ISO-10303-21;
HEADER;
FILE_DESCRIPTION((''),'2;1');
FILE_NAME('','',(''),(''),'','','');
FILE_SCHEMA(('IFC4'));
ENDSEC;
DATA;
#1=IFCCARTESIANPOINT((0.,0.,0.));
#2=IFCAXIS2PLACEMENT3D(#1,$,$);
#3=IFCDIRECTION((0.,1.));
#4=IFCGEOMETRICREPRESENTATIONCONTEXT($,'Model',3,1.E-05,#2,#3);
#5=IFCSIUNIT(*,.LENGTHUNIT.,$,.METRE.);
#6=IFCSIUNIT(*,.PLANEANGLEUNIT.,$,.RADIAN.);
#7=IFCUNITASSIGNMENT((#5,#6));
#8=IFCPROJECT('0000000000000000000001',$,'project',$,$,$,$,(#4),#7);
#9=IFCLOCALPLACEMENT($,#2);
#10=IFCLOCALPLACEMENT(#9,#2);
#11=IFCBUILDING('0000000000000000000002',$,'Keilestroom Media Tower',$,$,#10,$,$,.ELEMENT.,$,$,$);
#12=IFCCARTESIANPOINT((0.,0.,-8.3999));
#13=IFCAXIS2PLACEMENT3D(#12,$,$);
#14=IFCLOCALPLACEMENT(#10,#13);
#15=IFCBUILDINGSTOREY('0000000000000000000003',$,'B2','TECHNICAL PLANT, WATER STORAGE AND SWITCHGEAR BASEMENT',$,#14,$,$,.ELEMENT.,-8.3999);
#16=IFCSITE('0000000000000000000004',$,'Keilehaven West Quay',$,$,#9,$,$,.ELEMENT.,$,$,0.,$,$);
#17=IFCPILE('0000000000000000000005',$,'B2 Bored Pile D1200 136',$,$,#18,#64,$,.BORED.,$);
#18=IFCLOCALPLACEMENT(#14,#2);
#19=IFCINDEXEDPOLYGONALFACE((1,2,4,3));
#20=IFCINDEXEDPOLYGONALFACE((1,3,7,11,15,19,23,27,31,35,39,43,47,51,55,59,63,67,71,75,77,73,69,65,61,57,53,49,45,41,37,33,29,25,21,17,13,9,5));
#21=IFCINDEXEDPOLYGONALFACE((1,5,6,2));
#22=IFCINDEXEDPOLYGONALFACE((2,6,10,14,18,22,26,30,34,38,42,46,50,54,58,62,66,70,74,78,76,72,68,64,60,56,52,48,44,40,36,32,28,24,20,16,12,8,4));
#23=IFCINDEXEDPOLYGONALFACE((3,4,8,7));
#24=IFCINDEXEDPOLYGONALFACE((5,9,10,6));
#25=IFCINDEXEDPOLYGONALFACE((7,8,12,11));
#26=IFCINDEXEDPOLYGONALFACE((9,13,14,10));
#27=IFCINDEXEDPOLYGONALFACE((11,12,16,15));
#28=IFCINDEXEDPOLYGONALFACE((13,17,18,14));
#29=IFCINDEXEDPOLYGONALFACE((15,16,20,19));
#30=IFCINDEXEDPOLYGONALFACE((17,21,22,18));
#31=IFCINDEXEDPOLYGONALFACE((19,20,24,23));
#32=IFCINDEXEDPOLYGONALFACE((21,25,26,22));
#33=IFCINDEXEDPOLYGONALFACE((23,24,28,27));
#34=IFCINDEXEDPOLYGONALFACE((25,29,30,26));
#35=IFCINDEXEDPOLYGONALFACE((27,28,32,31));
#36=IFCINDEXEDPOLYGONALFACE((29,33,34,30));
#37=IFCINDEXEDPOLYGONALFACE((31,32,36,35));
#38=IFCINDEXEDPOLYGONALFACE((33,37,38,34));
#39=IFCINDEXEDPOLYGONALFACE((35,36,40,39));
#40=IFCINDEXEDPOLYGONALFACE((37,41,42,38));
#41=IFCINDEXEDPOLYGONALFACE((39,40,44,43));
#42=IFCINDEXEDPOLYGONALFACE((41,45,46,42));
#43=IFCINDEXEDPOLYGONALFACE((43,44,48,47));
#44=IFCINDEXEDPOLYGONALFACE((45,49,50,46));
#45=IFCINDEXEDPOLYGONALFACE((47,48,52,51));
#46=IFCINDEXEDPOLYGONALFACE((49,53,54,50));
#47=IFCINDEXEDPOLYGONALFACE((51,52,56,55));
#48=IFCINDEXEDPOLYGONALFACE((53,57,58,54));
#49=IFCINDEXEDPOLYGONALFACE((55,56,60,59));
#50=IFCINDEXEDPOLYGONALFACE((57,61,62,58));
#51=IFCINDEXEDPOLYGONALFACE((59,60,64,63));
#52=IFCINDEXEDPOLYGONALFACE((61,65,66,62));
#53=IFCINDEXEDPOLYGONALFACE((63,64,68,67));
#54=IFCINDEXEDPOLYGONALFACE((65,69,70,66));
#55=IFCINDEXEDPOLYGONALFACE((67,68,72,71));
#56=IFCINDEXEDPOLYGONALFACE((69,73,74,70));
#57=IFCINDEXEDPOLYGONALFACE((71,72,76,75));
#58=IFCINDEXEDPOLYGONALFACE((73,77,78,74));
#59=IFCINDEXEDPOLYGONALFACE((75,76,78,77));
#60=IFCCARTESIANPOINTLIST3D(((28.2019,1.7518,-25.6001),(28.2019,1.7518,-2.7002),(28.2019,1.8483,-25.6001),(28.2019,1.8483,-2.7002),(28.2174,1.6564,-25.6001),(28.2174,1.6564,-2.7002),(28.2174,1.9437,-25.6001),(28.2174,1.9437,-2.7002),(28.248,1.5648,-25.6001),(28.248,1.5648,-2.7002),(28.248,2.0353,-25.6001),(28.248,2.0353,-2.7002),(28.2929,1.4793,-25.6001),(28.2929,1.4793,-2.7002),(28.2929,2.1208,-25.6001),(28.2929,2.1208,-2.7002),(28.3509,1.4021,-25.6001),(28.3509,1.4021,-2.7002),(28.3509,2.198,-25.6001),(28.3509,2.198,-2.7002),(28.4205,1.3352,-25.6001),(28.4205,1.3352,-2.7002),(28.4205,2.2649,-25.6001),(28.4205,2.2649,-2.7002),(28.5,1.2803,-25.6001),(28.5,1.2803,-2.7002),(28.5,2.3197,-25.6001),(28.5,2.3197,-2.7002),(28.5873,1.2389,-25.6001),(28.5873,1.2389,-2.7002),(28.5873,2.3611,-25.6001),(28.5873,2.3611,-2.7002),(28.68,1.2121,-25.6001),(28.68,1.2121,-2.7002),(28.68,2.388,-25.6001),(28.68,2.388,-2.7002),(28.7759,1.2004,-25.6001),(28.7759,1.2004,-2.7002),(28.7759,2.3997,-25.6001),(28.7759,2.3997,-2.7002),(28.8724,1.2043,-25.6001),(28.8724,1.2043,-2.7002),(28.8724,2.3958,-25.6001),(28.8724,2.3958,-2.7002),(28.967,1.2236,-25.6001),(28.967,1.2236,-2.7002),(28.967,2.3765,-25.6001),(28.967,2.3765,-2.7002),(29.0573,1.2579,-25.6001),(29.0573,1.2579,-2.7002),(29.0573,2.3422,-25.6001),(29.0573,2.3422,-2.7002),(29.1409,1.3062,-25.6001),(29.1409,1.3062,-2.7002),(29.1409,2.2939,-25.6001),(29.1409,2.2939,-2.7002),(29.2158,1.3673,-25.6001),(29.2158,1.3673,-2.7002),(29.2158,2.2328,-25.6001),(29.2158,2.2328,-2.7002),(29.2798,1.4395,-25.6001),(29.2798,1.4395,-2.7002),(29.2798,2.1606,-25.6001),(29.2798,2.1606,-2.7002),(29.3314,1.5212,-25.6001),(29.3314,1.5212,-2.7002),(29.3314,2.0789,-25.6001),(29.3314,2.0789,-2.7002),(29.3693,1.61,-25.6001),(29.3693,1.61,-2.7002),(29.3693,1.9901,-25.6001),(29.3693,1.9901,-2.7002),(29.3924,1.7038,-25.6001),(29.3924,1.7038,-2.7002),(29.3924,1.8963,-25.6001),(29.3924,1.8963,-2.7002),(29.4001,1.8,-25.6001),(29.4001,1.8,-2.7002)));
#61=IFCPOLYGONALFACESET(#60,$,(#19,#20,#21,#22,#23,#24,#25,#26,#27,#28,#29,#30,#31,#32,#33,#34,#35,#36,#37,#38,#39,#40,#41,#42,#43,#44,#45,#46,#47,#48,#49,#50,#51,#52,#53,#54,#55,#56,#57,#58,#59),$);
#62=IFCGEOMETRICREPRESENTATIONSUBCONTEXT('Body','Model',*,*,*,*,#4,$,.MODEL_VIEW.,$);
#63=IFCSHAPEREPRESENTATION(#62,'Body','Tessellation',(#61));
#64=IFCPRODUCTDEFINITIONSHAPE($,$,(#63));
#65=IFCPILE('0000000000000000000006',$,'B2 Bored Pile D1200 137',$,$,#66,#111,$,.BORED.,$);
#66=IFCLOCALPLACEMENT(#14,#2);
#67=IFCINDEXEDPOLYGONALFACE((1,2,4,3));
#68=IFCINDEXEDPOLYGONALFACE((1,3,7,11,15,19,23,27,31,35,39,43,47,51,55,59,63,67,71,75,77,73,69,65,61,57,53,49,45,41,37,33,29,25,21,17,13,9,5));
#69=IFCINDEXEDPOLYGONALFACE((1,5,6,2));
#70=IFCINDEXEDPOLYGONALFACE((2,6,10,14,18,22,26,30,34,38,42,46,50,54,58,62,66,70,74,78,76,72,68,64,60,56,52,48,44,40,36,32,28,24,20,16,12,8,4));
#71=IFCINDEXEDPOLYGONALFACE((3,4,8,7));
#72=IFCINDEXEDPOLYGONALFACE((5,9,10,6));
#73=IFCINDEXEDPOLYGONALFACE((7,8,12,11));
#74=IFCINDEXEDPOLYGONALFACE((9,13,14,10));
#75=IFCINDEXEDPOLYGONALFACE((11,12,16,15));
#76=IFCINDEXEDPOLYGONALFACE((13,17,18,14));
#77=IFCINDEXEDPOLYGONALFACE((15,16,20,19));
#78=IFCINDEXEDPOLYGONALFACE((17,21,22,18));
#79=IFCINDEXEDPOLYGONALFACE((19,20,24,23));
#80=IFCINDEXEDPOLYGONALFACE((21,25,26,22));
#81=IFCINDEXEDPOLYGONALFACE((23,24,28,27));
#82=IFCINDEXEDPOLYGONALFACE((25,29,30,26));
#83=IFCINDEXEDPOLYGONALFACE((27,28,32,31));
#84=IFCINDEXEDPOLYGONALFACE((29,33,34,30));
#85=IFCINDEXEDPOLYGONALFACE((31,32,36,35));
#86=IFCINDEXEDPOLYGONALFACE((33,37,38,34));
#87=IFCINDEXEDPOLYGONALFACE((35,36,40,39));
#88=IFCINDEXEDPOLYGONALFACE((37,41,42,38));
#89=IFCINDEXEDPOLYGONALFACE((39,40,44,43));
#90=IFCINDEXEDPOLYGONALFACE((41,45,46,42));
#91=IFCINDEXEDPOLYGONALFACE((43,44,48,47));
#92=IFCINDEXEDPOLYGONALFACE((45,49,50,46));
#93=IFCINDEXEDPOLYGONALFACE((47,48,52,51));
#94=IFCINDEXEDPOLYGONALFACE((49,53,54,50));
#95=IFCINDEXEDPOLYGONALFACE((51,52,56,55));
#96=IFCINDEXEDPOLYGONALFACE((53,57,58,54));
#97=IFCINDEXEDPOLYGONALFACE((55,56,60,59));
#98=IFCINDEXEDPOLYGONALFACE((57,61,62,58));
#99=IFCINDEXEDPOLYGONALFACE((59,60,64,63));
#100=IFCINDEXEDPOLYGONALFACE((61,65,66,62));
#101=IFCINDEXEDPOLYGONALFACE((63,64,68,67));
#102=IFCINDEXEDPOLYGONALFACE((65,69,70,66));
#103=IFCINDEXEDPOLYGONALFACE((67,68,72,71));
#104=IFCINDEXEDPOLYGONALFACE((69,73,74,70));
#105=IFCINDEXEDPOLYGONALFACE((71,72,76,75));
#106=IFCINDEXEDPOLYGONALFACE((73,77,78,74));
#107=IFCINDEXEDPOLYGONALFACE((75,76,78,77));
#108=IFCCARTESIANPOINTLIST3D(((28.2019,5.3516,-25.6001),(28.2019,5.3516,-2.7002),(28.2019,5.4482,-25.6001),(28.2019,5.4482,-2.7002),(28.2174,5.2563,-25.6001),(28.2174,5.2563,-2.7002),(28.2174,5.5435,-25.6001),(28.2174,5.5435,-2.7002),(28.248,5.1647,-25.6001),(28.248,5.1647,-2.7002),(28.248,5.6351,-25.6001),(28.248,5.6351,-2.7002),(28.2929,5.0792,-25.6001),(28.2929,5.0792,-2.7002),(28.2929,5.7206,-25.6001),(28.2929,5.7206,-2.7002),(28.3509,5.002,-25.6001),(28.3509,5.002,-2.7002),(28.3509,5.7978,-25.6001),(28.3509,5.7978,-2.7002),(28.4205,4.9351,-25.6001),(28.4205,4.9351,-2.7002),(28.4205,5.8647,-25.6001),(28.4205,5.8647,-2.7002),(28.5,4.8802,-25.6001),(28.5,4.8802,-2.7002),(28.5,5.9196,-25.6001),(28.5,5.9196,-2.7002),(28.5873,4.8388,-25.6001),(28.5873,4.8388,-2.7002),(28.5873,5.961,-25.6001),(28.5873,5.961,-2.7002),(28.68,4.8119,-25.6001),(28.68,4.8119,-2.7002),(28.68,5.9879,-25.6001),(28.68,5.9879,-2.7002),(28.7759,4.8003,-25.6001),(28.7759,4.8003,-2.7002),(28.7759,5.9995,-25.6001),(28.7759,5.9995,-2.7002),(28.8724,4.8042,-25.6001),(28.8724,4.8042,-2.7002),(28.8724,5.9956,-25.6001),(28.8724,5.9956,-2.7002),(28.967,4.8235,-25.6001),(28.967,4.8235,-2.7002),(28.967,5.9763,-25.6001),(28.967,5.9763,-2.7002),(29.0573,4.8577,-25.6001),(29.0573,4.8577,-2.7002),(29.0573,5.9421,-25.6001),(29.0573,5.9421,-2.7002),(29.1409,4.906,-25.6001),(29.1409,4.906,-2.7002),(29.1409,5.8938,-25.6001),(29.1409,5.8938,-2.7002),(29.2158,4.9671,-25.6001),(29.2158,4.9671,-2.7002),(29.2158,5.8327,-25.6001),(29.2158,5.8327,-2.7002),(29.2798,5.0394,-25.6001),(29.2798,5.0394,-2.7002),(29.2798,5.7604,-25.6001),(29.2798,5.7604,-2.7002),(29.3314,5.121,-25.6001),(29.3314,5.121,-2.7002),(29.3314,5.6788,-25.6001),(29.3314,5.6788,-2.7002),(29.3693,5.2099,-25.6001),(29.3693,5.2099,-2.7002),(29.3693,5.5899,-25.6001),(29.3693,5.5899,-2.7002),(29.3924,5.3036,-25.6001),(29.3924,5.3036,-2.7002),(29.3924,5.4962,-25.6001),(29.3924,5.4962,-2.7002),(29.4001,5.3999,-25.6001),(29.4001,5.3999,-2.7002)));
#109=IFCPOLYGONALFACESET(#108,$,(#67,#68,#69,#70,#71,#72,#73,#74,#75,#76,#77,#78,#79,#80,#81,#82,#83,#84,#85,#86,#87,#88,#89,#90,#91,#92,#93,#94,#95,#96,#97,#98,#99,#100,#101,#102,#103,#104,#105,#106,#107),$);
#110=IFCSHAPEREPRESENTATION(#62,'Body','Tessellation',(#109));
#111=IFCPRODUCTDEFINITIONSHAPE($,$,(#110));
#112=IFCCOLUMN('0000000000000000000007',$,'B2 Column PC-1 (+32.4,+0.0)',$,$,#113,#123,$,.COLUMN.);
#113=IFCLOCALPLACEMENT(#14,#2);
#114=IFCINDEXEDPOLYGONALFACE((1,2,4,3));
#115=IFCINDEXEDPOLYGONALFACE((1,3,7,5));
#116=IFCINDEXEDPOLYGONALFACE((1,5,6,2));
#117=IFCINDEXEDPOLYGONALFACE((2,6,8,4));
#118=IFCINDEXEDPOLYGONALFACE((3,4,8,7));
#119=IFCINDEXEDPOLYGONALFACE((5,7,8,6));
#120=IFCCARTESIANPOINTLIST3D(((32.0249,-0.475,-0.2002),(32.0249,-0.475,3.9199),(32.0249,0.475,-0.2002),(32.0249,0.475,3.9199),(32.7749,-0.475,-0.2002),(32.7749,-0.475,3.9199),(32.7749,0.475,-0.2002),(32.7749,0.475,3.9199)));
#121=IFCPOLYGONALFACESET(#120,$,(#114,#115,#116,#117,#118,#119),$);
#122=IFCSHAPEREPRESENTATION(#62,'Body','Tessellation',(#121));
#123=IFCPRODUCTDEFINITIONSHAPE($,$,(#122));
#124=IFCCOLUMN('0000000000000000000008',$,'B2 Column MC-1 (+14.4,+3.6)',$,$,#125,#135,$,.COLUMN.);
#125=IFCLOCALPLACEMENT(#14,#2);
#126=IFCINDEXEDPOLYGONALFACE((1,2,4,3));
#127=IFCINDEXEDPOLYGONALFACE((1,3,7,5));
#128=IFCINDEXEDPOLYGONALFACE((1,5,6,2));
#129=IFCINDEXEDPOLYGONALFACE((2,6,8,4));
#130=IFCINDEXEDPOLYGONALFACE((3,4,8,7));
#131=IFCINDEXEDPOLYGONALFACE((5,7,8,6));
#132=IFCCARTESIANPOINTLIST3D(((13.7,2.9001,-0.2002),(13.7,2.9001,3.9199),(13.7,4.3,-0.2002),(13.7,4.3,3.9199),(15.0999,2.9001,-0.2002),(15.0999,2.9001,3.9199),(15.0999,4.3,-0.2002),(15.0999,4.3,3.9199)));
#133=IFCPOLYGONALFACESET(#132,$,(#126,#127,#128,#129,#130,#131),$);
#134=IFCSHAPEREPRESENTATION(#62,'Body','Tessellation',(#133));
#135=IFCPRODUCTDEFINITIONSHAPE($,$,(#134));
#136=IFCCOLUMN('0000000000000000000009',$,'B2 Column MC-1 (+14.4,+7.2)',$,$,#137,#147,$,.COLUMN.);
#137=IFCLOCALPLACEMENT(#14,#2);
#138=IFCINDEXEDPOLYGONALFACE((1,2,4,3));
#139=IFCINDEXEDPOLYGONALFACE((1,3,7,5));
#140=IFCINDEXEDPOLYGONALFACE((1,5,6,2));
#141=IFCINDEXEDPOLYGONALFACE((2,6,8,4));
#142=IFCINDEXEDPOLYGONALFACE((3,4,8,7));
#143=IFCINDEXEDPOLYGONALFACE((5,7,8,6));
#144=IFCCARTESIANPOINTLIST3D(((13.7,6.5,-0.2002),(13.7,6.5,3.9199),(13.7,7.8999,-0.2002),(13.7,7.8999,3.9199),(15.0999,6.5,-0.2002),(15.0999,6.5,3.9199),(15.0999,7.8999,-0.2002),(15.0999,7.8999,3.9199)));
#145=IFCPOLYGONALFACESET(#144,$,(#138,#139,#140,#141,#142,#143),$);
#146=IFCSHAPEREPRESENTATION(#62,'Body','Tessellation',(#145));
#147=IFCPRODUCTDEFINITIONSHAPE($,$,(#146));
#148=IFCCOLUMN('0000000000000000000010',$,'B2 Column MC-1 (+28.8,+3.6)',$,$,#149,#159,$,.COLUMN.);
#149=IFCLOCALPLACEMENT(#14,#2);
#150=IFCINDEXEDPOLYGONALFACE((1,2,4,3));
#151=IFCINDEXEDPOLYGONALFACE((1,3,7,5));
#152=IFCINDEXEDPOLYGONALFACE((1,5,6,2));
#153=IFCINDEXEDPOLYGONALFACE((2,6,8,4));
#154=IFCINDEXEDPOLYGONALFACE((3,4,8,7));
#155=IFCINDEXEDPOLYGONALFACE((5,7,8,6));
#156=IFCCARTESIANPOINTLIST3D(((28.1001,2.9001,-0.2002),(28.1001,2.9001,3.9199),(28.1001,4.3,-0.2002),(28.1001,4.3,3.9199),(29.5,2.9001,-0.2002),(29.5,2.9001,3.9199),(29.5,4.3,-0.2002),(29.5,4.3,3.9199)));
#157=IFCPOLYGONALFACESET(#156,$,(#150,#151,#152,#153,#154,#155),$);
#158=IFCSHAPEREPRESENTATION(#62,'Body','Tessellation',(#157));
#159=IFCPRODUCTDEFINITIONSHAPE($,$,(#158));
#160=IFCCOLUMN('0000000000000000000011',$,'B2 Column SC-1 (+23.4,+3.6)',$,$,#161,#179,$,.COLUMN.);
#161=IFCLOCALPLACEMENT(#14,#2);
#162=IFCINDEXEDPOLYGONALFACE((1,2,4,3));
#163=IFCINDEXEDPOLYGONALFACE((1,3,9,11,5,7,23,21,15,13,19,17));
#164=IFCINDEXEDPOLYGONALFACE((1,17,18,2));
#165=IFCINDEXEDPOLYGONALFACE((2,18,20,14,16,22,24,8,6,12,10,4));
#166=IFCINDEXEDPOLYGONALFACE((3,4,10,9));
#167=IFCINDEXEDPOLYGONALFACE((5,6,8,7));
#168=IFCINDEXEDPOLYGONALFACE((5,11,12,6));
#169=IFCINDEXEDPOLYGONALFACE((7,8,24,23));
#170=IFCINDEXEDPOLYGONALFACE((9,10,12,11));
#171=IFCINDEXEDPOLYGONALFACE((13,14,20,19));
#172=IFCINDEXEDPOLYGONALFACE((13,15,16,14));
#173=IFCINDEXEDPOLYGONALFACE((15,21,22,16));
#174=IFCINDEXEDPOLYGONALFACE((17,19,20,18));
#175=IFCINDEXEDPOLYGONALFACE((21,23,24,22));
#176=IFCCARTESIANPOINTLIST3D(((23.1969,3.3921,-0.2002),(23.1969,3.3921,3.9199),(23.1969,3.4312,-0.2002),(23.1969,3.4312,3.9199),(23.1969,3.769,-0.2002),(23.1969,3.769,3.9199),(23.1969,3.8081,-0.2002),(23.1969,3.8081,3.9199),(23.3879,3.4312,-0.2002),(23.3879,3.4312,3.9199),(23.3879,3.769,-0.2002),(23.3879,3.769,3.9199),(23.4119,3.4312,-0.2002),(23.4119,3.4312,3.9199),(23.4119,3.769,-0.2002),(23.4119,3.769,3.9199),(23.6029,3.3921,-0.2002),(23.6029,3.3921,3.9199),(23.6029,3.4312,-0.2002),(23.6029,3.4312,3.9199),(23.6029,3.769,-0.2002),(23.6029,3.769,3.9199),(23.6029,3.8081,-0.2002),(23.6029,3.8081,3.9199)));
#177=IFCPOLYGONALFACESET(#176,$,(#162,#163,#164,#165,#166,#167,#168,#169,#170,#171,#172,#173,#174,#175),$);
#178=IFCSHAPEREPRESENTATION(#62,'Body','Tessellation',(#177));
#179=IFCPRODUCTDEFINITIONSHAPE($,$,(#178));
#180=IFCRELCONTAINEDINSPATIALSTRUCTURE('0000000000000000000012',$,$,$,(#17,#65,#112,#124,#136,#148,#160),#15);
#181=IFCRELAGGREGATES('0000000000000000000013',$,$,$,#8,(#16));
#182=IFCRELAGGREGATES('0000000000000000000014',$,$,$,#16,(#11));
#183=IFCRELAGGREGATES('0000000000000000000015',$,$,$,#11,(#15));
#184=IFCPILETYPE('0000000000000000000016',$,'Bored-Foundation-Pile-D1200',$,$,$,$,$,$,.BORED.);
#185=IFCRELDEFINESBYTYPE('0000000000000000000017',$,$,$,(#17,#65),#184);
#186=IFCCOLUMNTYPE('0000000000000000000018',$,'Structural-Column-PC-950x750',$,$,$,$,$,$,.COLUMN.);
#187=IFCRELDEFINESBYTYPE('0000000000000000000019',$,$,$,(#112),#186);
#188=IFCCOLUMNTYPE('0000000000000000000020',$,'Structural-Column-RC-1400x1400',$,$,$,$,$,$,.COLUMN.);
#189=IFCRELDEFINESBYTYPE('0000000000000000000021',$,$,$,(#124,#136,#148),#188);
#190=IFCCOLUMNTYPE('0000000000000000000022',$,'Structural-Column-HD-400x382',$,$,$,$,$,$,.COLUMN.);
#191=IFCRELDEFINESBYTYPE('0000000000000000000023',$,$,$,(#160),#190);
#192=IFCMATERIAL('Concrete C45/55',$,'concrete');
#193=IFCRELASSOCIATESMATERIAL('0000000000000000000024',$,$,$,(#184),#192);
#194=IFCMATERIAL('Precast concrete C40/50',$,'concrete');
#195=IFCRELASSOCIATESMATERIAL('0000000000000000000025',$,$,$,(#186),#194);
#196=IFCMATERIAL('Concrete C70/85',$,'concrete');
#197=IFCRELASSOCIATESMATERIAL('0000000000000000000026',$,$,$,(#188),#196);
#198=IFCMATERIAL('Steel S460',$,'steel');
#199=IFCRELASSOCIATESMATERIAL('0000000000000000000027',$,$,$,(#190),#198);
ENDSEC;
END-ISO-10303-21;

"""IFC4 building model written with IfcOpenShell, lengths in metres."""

from ifc_helpers import new_model, si_unit, direction, frame, origin, origin_2d, place, context, subcontext, project, spatial, rectangle, circle, i_section, extrude, source, transform, mapped, material, material_profile, profile_set, type_object, element, save


model = new_model("IFC4")

# Units and contexts
model_context = context("Model", 3, precision=1e-05, world=origin(), true_north=direction((0.0, 1.0)))
body_context = subcontext(model_context, "Body", "Model", "MODEL_VIEW")
ifc_project = project(units=[si_unit("LENGTHUNIT", "METRE"), si_unit("PLANEANGLEUNIT", "RADIAN")], contexts=[model_context])

# Site, building, storey
site_placement = place(None, origin())
site = spatial("IfcSite", under=ifc_project, at=site_placement, Name="Keilehaven West Quay", CompositionType="ELEMENT", RefElevation=0.0)
building_placement = place(site_placement, origin())
building = spatial("IfcBuilding", under=site, at=building_placement, Name="Keilestroom Media Tower", CompositionType="ELEMENT")
storey_placement = place(building_placement, frame((0.0, 0.0, -8.3999)))
storey = spatial("IfcBuildingStorey", under=building, at=storey_placement, Name="B2", Description="TECHNICAL PLANT, WATER STORAGE AND SWITCHGEAR BASEMENT", CompositionType="ELEMENT", Elevation=-8.3999)

# Piles
ifc_material_1 = material(Name="Concrete C45/55", Category="concrete")
ifc_material_profile_1 = material_profile(ifc_material_1, circle(Radius=0.6001, at=origin_2d()), Name="BORED PILE D1200")
ifc_profile_set_1 = profile_set([ifc_material_profile_1], Name="Concrete C45/55")
pile_type = type_object("IfcPileType", Name="Bored-Foundation-Pile-D1200", PredefinedType="BORED", material=ifc_profile_set_1)
shared_shape_1 = source(origin(), body_context, "Body", "SweptSolid", [
    extrude(circle(Radius=0.6001, at=origin_2d()), origin(), (0.0, 0.0, 1.0), 22.8999),
])
for number, where, z_axis, x_axis, name in (
    (1, (28.8, 1.8, -2.7002), (0.0, 0.0, -1.0), (1.0, 0.0, 0.0), "B2 Bored Pile D1200 136"),
    (2, (28.8, 5.3999, -2.7002), (0.0, 0.0, -1.0), (1.0, 0.0, 0.0), "B2 Bored Pile D1200 137"),
):
    element("IfcPile", number, at=place(storey_placement, frame(where, z_axis=z_axis, x_axis=x_axis)), inside=storey, type_object=pile_type, Name=name, PredefinedType="BORED", context=body_context, shape_type="MappedRepresentation", body=[
        mapped(shared_shape_1, transform((0.0, 0.0, 0.0), x_axis=(1.0, 0.0, 0.0), y_axis=(0.0, 1.0, 0.0), z_axis=(0.0, 0.0, 1.0), scale=1.0)),
    ])

# Columns
ifc_material_2 = material(Name="Precast concrete C40/50", Category="concrete")
ifc_material_profile_2 = material_profile(ifc_material_2, rectangle(XDim=0.75, YDim=0.95, at=origin_2d()), Name="PC 950x750")
ifc_profile_set_2 = profile_set([ifc_material_profile_2], Name="Precast concrete C40/50")
column_type_1 = type_object("IfcColumnType", Name="Structural-Column-PC-950x750", PredefinedType="COLUMN", material=ifc_profile_set_2)
shared_shape_2 = source(origin(), body_context, "Body", "SweptSolid", [
    extrude(rectangle(XDim=0.75, YDim=0.95, at=origin_2d()), origin(), (0.0, 0.0, 1.0), 4.1201),
])
column_1_placement = place(storey_placement, frame((32.3999, 0.0, -0.2002), z_axis=(0.0, 0.0, 1.0), x_axis=(1.0, 0.0, 0.0)))
element("IfcColumn", 3, at=column_1_placement, inside=storey, type_object=column_type_1, Name="B2 Column PC-1 (+32.4,+0.0)", PredefinedType="COLUMN", context=body_context, shape_type="MappedRepresentation", body=[
    mapped(shared_shape_2, transform((0.0, 0.0, 0.0), x_axis=(1.0, 0.0, 0.0), y_axis=(0.0, 1.0, 0.0), z_axis=(0.0, 0.0, 1.0), scale=1.0)),
])
ifc_material_3 = material(Name="Concrete C70/85", Category="concrete")
ifc_material_profile_3 = material_profile(ifc_material_3, rectangle(XDim=1.3999, YDim=1.3999, at=origin_2d()), Name="RC 1400x1400")
ifc_profile_set_3 = profile_set([ifc_material_profile_3], Name="Concrete C70/85")
column_type_2 = type_object("IfcColumnType", Name="Structural-Column-RC-1400x1400", PredefinedType="COLUMN", material=ifc_profile_set_3)
shared_shape_3 = source(origin(), body_context, "Body", "SweptSolid", [
    extrude(rectangle(XDim=1.3999, YDim=1.3999, at=origin_2d()), origin(), (0.0, 0.0, 1.0), 4.1201),
])
for number, where, z_axis, x_axis, name in (
    (4, (14.3999, 3.6001, -0.2002), (0.0, 0.0, 1.0), (1.0, 0.0, 0.0), "B2 Column MC-1 (+14.4,+3.6)"),
    (5, (14.3999, 7.2, -0.2002), (0.0, 0.0, 1.0), (1.0, 0.0, 0.0), "B2 Column MC-1 (+14.4,+7.2)"),
    (6, (28.8, 3.6001, -0.2002), (0.0, 0.0, 1.0), (1.0, 0.0, 0.0), "B2 Column MC-1 (+28.8,+3.6)"),
):
    element("IfcColumn", number, at=place(storey_placement, frame(where, z_axis=z_axis, x_axis=x_axis)), inside=storey, type_object=column_type_2, Name=name, PredefinedType="COLUMN", context=body_context, shape_type="MappedRepresentation", body=[
        mapped(shared_shape_3, transform((0.0, 0.0, 0.0), x_axis=(1.0, 0.0, 0.0), y_axis=(0.0, 1.0, 0.0), z_axis=(0.0, 0.0, 1.0), scale=1.0)),
    ])
ifc_material_4 = material(Name="Steel S460", Category="steel")
ifc_material_profile_4 = material_profile(ifc_material_4, i_section(OverallWidth=0.406, OverallDepth=0.416, WebThickness=0.0239, FlangeThickness=0.0391, at=origin_2d()), Name="HD 400x382")
ifc_profile_set_4 = profile_set([ifc_material_profile_4], Name="Steel S460")
column_type_3 = type_object("IfcColumnType", Name="Structural-Column-HD-400x382", PredefinedType="COLUMN", material=ifc_profile_set_4)
shared_shape_4 = source(origin(), body_context, "Body", "SweptSolid", [
    extrude(i_section(OverallWidth=0.406, OverallDepth=0.416, WebThickness=0.0239, FlangeThickness=0.0391, at=origin_2d()), origin(), (0.0, 0.0, 1.0), 4.1201),
])
column_2_placement = place(storey_placement, frame((23.3999, 3.6001, -0.2002), z_axis=(0.0, 0.0, 1.0), x_axis=(1.0, 0.0, 0.0)))
element("IfcColumn", 7, at=column_2_placement, inside=storey, type_object=column_type_3, Name="B2 Column SC-1 (+23.4,+3.6)", PredefinedType="COLUMN", context=body_context, shape_type="MappedRepresentation", body=[
    mapped(shared_shape_4, transform((0.0, 0.0, 0.0), x_axis=(1.0, 0.0, 0.0), y_axis=(0.0, 1.0, 0.0), z_axis=(0.0, 0.0, 1.0), scale=1.0)),
])

save(model, "model.ifc")
